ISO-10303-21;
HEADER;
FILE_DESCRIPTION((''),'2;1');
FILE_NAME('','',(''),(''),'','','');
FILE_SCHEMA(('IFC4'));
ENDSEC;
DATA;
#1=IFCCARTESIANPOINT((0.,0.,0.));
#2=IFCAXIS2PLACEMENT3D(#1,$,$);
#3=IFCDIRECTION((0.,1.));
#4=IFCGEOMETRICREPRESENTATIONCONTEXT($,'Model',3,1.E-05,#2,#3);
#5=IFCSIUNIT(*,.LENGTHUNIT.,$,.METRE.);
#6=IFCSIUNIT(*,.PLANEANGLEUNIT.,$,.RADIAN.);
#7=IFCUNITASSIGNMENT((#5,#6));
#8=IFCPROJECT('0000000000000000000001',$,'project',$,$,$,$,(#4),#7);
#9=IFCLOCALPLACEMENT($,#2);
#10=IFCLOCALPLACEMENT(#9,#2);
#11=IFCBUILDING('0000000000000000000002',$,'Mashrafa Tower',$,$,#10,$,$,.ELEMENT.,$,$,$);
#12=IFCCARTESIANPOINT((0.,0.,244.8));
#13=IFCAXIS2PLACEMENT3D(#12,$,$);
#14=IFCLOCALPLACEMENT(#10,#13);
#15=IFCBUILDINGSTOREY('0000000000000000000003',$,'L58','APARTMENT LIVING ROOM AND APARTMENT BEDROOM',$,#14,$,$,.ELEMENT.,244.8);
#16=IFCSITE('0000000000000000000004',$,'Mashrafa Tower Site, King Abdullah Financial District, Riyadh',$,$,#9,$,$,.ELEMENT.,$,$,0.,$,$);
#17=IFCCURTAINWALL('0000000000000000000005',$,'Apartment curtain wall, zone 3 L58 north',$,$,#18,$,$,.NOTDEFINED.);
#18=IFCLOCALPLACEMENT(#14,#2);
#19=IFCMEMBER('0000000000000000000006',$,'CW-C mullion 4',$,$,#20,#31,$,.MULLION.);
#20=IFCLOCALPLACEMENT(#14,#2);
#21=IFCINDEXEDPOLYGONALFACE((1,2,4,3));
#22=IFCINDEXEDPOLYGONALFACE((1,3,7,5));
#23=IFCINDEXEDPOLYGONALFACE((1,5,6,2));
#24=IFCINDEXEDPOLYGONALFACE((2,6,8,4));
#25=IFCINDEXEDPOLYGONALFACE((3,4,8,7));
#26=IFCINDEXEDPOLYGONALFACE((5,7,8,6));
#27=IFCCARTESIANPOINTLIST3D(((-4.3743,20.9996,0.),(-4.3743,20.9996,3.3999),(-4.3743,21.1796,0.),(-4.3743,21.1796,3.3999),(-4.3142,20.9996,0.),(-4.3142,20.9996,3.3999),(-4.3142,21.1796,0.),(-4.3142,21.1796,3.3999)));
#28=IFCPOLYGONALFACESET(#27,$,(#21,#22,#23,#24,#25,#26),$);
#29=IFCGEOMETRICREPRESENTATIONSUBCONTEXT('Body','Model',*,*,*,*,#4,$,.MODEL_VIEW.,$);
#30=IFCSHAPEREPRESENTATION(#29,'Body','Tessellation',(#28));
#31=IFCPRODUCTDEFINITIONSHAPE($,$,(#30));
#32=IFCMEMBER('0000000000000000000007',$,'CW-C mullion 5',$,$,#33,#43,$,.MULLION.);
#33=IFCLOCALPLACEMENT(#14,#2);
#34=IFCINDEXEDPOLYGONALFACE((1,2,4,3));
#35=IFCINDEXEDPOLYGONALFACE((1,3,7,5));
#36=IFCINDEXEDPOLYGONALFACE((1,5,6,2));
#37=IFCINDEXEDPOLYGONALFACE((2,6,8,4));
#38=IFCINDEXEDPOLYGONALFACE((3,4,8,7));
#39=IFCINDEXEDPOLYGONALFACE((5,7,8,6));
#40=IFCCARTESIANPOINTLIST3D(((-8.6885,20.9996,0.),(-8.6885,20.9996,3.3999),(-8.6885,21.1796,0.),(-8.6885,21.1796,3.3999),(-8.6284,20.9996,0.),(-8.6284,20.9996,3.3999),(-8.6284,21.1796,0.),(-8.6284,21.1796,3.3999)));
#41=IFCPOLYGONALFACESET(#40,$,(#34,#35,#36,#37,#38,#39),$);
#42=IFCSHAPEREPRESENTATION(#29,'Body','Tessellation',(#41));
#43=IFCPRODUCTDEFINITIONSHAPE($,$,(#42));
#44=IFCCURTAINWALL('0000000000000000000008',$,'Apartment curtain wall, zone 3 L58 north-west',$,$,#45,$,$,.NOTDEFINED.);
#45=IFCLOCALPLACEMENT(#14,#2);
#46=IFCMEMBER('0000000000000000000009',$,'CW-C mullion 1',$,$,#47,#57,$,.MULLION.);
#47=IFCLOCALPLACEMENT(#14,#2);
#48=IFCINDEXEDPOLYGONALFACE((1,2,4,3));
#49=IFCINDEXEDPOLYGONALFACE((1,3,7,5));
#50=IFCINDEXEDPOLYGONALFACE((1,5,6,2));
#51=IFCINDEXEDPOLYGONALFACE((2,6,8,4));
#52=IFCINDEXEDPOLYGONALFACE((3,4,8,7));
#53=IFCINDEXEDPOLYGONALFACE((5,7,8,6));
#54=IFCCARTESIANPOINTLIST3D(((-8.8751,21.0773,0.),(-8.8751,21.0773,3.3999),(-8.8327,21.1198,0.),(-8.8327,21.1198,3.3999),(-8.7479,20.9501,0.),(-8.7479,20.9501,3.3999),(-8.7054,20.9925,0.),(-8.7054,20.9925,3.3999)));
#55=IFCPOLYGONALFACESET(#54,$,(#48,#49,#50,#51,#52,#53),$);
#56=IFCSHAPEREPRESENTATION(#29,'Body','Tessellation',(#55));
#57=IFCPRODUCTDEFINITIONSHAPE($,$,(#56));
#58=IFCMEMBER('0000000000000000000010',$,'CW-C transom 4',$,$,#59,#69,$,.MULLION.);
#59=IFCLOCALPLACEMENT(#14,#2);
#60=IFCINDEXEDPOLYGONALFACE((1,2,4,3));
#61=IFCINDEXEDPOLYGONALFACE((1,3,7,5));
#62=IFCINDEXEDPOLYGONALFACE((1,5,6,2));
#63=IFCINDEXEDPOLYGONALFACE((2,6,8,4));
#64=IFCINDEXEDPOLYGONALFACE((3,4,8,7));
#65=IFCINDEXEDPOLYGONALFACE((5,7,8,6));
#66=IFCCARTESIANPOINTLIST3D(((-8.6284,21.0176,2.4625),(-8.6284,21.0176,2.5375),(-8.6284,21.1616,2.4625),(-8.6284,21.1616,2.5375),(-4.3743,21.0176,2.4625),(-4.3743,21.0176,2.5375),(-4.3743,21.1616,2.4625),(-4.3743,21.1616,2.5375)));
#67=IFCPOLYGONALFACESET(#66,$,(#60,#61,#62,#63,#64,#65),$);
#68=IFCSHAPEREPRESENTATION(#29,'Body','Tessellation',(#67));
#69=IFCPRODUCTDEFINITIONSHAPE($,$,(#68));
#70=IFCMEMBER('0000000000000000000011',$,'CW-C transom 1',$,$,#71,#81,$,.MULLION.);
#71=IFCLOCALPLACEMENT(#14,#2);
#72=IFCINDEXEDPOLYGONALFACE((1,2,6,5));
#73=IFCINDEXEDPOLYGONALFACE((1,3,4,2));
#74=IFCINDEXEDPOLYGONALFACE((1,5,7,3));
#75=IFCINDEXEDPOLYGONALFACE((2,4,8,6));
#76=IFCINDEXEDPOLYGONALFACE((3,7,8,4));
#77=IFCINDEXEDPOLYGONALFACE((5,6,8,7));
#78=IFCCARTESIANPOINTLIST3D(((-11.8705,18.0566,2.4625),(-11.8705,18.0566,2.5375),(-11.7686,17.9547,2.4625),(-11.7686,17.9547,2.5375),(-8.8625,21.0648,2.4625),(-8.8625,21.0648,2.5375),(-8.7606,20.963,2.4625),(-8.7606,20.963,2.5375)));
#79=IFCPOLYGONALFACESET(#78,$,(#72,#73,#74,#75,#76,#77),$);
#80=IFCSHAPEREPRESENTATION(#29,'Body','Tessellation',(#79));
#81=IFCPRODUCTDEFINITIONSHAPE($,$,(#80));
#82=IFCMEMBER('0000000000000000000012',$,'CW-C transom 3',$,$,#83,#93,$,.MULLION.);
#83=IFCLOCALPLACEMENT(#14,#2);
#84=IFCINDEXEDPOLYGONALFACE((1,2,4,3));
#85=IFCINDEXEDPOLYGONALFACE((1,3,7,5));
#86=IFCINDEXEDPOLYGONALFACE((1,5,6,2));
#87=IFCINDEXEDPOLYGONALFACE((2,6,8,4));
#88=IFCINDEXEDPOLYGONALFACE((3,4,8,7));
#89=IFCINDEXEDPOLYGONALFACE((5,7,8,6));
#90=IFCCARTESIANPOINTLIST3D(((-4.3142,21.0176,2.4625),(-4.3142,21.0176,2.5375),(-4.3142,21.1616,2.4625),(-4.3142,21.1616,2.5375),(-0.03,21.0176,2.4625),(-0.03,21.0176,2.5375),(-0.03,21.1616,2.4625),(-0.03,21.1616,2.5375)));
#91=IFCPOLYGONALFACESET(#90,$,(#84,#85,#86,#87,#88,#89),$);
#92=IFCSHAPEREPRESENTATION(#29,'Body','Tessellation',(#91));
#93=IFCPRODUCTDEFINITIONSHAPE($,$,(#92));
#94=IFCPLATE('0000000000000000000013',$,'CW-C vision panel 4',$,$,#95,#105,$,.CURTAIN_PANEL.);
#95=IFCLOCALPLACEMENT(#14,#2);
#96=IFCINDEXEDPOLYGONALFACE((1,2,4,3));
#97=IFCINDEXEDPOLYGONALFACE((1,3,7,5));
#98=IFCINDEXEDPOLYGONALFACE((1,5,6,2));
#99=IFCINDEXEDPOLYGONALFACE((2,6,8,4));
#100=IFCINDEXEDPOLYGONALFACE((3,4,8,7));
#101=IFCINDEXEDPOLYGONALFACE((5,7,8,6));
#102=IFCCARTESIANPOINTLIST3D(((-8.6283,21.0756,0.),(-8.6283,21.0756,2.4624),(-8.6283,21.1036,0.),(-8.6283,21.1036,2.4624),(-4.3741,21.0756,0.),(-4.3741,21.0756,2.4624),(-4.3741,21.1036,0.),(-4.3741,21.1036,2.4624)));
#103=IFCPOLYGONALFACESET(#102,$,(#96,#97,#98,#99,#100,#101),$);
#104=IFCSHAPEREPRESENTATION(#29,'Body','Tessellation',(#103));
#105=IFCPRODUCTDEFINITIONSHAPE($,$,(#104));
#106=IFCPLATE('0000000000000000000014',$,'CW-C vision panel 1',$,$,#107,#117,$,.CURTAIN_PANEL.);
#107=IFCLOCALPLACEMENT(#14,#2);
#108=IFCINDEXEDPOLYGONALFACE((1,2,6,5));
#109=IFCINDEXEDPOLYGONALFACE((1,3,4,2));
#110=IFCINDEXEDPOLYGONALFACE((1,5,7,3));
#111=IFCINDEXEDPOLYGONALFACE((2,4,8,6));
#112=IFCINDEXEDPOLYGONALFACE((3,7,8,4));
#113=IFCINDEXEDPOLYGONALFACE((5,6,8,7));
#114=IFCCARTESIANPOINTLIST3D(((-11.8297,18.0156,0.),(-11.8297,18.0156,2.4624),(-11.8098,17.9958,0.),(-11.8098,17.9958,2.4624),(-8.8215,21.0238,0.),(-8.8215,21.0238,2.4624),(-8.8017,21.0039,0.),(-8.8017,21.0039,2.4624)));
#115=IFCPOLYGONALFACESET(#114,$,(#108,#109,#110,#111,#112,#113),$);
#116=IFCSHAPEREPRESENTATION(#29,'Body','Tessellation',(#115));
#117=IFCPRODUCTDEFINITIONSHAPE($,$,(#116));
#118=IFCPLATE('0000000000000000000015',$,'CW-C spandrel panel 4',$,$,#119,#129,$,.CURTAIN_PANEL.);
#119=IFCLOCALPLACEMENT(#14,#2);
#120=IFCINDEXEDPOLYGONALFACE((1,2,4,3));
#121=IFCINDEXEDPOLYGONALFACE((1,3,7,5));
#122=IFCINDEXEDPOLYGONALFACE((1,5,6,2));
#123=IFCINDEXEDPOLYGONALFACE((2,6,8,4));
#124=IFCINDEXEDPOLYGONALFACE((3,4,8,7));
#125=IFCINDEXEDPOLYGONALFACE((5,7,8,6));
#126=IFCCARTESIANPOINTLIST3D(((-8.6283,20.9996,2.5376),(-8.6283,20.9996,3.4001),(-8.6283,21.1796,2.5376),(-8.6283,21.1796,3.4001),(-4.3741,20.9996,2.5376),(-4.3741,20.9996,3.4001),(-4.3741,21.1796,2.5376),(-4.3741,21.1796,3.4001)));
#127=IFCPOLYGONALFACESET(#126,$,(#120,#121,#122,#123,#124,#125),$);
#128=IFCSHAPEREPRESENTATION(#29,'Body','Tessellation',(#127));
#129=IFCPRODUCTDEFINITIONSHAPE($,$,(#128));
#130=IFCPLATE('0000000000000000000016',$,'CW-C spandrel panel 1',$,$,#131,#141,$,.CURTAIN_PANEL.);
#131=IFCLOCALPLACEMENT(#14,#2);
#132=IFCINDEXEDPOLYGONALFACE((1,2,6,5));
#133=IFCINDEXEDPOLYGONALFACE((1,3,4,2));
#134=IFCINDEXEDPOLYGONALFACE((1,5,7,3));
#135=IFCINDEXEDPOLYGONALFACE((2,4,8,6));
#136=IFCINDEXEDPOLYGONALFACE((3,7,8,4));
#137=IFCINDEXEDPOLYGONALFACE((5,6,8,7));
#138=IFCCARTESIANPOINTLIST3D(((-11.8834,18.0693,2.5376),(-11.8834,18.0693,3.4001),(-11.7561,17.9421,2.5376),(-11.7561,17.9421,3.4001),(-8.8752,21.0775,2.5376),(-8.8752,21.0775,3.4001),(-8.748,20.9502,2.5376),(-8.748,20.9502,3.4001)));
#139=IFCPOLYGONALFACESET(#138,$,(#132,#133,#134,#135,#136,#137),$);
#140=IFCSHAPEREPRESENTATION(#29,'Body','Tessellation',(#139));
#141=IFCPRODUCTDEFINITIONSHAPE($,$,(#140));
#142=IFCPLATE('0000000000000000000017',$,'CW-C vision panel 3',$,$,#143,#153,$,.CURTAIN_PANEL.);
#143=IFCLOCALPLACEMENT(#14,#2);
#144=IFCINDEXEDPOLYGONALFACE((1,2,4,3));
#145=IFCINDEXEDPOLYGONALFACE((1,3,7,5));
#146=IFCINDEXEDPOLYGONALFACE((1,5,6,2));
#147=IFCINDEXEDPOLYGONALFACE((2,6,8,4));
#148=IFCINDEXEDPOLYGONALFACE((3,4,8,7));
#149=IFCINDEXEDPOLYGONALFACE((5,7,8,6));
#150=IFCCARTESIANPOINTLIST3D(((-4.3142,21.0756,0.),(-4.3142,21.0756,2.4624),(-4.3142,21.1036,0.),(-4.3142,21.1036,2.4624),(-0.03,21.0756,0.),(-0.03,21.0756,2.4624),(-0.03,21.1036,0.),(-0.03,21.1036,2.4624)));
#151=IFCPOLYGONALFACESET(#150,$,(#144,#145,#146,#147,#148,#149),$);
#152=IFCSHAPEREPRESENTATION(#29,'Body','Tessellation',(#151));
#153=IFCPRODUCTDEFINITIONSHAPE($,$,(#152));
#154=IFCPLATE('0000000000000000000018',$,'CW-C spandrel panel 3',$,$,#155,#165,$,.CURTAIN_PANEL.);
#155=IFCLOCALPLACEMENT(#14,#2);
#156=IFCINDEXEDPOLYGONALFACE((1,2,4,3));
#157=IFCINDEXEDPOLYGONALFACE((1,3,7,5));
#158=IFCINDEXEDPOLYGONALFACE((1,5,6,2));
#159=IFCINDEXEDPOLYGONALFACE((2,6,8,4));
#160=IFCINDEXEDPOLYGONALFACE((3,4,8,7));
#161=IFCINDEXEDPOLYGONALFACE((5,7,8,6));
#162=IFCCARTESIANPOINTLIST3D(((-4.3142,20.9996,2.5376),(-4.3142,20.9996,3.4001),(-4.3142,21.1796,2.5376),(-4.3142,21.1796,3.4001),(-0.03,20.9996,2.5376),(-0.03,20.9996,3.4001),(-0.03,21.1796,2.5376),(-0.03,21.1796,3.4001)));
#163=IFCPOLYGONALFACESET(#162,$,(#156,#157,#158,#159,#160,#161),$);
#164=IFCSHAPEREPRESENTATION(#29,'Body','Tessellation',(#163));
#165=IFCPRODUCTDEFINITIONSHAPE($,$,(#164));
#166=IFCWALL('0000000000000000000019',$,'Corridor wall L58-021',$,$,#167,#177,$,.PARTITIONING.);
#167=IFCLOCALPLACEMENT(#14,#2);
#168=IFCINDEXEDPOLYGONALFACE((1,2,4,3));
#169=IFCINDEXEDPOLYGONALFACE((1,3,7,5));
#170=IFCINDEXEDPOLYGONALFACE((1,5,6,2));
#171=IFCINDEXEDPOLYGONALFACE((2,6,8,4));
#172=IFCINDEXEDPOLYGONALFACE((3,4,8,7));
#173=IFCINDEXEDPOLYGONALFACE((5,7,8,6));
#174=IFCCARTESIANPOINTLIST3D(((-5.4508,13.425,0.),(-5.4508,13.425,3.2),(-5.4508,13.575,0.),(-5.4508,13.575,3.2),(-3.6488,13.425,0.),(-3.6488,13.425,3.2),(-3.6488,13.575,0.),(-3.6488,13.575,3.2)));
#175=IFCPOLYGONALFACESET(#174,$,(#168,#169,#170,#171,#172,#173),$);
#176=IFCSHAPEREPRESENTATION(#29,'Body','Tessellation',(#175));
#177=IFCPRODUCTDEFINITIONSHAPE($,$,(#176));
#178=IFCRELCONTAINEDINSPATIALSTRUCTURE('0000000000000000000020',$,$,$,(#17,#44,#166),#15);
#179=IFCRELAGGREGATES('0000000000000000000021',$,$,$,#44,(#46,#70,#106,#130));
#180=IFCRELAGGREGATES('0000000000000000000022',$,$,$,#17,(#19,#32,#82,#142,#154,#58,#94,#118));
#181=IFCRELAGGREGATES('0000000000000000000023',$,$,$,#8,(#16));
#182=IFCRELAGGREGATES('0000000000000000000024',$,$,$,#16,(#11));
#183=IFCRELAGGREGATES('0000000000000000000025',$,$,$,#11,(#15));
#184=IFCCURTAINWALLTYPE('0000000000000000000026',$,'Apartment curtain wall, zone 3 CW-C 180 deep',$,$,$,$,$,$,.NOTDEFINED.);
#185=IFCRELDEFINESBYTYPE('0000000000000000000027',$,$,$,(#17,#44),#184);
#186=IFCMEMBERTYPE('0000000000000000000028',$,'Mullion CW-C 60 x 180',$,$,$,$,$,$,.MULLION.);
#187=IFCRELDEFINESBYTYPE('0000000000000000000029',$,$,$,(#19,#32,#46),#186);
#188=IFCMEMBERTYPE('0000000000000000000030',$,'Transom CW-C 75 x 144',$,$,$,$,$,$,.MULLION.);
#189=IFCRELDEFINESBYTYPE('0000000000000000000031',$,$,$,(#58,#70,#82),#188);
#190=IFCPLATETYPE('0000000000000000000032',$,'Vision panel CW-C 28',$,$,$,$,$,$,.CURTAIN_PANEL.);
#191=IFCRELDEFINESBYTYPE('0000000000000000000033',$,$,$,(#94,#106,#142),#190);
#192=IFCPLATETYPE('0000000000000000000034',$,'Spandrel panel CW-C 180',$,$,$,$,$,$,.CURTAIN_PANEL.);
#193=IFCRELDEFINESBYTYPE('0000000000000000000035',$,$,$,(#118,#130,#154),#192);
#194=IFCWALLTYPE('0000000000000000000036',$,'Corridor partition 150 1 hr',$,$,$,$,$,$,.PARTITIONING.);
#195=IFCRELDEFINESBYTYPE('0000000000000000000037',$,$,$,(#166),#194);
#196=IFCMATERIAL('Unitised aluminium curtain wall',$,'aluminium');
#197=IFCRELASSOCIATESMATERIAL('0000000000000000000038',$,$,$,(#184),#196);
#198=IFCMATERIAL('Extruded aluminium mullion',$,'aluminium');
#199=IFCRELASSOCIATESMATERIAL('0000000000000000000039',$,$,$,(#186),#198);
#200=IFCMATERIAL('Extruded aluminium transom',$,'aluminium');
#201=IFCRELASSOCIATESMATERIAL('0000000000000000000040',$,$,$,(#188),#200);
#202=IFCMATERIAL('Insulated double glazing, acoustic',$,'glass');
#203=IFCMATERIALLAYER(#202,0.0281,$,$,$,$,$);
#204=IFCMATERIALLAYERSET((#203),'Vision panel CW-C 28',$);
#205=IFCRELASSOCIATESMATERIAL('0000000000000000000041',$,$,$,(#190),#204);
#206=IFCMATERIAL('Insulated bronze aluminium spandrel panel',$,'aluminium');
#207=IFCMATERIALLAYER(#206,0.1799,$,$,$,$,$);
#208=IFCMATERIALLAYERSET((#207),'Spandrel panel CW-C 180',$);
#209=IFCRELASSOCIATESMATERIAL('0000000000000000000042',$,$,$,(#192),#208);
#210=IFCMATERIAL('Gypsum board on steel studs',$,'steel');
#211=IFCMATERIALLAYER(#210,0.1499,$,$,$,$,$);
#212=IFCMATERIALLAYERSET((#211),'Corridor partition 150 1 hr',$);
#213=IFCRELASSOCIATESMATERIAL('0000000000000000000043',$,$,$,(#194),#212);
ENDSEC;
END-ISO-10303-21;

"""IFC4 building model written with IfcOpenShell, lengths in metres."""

from ifc_helpers import new_model, si_unit, direction, frame, frame_2d, origin, origin_2d, place, context, subcontext, project, spatial, rectangle, extrude, source, transform, mapped, material, layer, layer_set, material_profile, profile_set, type_object, type_shapes, element, aggregate, save


model = new_model("IFC4")

# Units and contexts
model_context = context("Model", 3, precision=1e-05, world=origin(), true_north=direction((0.0, 1.0)))
body_context = subcontext(model_context, "Body", "Model", "MODEL_VIEW")
ifc_project = project(units=[si_unit("LENGTHUNIT", "METRE"), si_unit("PLANEANGLEUNIT", "RADIAN")], contexts=[model_context])

# Site, building, storey
site_placement = place(None, origin())
site = spatial("IfcSite", under=ifc_project, at=site_placement, Name="Mashrafa Tower Site, King Abdullah Financial District, Riyadh", CompositionType="ELEMENT", RefElevation=0.0)
building_placement = place(site_placement, origin())
building = spatial("IfcBuilding", under=site, at=building_placement, Name="Mashrafa Tower", CompositionType="ELEMENT")
storey_placement = place(building_placement, frame((0.0, 0.0, 244.8)))
storey = spatial("IfcBuildingStorey", under=building, at=storey_placement, Name="L58", Description="APARTMENT LIVING ROOM AND APARTMENT BEDROOM", CompositionType="ELEMENT", Elevation=244.8)

# Curtain wall, members
ifc_material_1 = material(Name="Unitised aluminium curtain wall", Category="aluminium")
curtain_wall_type = type_object("IfcCurtainWallType", Name="Apartment curtain wall, zone 3 CW-C 180 deep", PredefinedType="NOTDEFINED", material=ifc_material_1)
curtain_wall_1_placement = place(storey_placement, origin())
curtain_wall_1 = element("IfcCurtainWall", 1, at=curtain_wall_1_placement, inside=storey, type_object=curtain_wall_type, Name="Apartment curtain wall, zone 3 L58 north", PredefinedType="NOTDEFINED")
ifc_material_2 = material(Name="Extruded aluminium mullion", Category="aluminium")
ifc_material_profile_1 = material_profile(ifc_material_2, rectangle(XDim=0.1799, YDim=0.0601, at=origin_2d()), Name="Mullion 60x180")
ifc_profile_set_1 = profile_set([ifc_material_profile_1], Name="Extruded aluminium mullion")
member_type_1 = type_object("IfcMemberType", Name="Mullion CW-C 60 x 180", PredefinedType="MULLION", material=ifc_profile_set_1)
shared_shape_1 = source(origin(), body_context, "Body", "SweptSolid", [
    extrude(rectangle(XDim=0.1799, YDim=0.0601, at=origin_2d()), origin(), (0.0, 0.0, 1.0), 3.3999),
])
type_shapes(member_type_1, [shared_shape_1])
member_1_placement = place(storey_placement, frame((-4.3442, 21.0896, 0.0), z_axis=(0.0, 0.0, 1.0), x_axis=(0.0, -1.0, 0.0)))
member_1 = element("IfcMember", 2, at=member_1_placement, type_object=member_type_1, Name="CW-C mullion 4", PredefinedType="MULLION", context=body_context, shape_type="MappedRepresentation", body=[
    mapped(shared_shape_1, transform((0.0, 0.0, 0.0))),
])
member_2_placement = place(storey_placement, frame((-8.6584, 21.0896, 0.0), z_axis=(0.0, 0.0, 1.0), x_axis=(0.0, -1.0, 0.0)))
member_2 = element("IfcMember", 3, at=member_2_placement, type_object=member_type_1, Name="CW-C mullion 5", PredefinedType="MULLION", context=body_context, shape_type="MappedRepresentation", body=[
    mapped(shared_shape_1, transform((0.0, 0.0, 0.0))),
])

# Curtain wall, member
curtain_wall_2_placement = place(storey_placement, origin())
curtain_wall_2 = element("IfcCurtainWall", 4, at=curtain_wall_2_placement, inside=storey, type_object=curtain_wall_type, Name="Apartment curtain wall, zone 3 L58 north-west", PredefinedType="NOTDEFINED")
member_3_placement = place(storey_placement, frame((-8.7903, 21.0349, 0.0), z_axis=(0.0, 0.0, 1.0), x_axis=(0.707107, -0.707107, 0.0)))
member_3 = element("IfcMember", 5, at=member_3_placement, type_object=member_type_1, Name="CW-C mullion 1", PredefinedType="MULLION", context=body_context, shape_type="MappedRepresentation", body=[
    mapped(shared_shape_1, transform((0.0, 0.0, 0.0))),
])

# Members
ifc_material_3 = material(Name="Extruded aluminium transom", Category="aluminium")
ifc_material_profile_2 = material_profile(ifc_material_3, rectangle(XDim=0.144, YDim=0.075, at=origin_2d()), Name="Transom 75x144")
ifc_profile_set_2 = profile_set([ifc_material_profile_2], Name="Extruded aluminium transom")
member_type_2 = type_object("IfcMemberType", Name="Transom CW-C 75 x 144", PredefinedType="MULLION", material=ifc_profile_set_2)
shared_shape_2 = source(origin(), body_context, "Body", "SweptSolid", [
    extrude(rectangle(XDim=0.144, YDim=0.075, at=origin_2d()), origin(), (0.0, 0.0, 1.0), 4.2542),
])
member_4_placement = place(storey_placement, frame((-4.3743, 21.0896, 2.5), z_axis=(-1.0, 0.0, 0.0), x_axis=(0.0, -1.0, 0.0)))
member_4 = element("IfcMember", 6, at=member_4_placement, type_object=member_type_2, Name="CW-C transom 4", PredefinedType="MULLION", context=body_context, shape_type="MappedRepresentation", body=[
    mapped(shared_shape_2, transform((0.0, 0.0, 0.0))),
])
member_5_placement = place(storey_placement, frame((-8.8115, 21.0139, 2.5), z_axis=(-0.707078, -0.707135, 0.0), x_axis=(0.707135, -0.707078, 0.0)))
member_5 = element("IfcMember", 7, at=member_5_placement, type_object=member_type_2, Name="CW-C transom 1", PredefinedType="MULLION", context=body_context, shape_type="MappedRepresentation", body=[
    mapped(shared_shape_2, transform((0.0, 0.0, 0.0))),
])
shared_shape_3 = source(origin(), body_context, "Body", "SweptSolid", [
    extrude(rectangle(XDim=0.144, YDim=0.075, at=origin_2d()), origin(), (0.0, 0.0, 1.0), 4.2842),
])
type_shapes(member_type_2, [shared_shape_2, shared_shape_3])
member_6_placement = place(storey_placement, frame((-0.03, 21.0896, 2.5), z_axis=(-1.0, 0.0, 0.0), x_axis=(0.0, -1.0, 0.0)))
member_6 = element("IfcMember", 8, at=member_6_placement, type_object=member_type_2, Name="CW-C transom 3", PredefinedType="MULLION", context=body_context, shape_type="MappedRepresentation", body=[
    mapped(shared_shape_3, transform((0.0, 0.0, 0.0))),
])

# Plates
ifc_material_4 = material(Name="Insulated double glazing, acoustic", Category="glass")
ifc_layer_1 = layer(ifc_material_4, 0.0281)
ifc_layer_set_1 = layer_set([ifc_layer_1], Name="Vision panel CW-C 28")
plate_type_1 = type_object("IfcPlateType", Name="Vision panel CW-C 28", PredefinedType="CURTAIN_PANEL", material=ifc_layer_set_1)
shared_shape_4 = source(origin(), body_context, "Body", "SweptSolid", [
    extrude(rectangle(XDim=4.2542, YDim=0.0281, at=origin_2d()), origin(), (0.0, 0.0, 1.0), 2.4624),
])
plate_1_placement = place(storey_placement, frame((-6.5012, 21.0896, 0.0), z_axis=(0.0, 0.0, 1.0), x_axis=(-1.0, 0.0, 0.0)))
plate_1 = element("IfcPlate", 9, at=plate_1_placement, type_object=plate_type_1, Name="CW-C vision panel 4", PredefinedType="CURTAIN_PANEL", context=body_context, shape_type="MappedRepresentation", body=[
    mapped(shared_shape_4, transform((0.0, 0.0, 0.0))),
])
plate_2_placement = place(storey_placement, frame((-10.3157, 19.5098, 0.0), z_axis=(0.0, 0.0, 1.0), x_axis=(-0.707107, -0.707107, 0.0)))
plate_2 = element("IfcPlate", 10, at=plate_2_placement, type_object=plate_type_1, Name="CW-C vision panel 1", PredefinedType="CURTAIN_PANEL", context=body_context, shape_type="MappedRepresentation", body=[
    mapped(shared_shape_4, transform((0.0, 0.0, 0.0))),
])
ifc_material_5 = material(Name="Insulated bronze aluminium spandrel panel", Category="aluminium")
ifc_layer_2 = layer(ifc_material_5, 0.1799)
ifc_layer_set_2 = layer_set([ifc_layer_2], Name="Spandrel panel CW-C 180")
plate_type_2 = type_object("IfcPlateType", Name="Spandrel panel CW-C 180", PredefinedType="CURTAIN_PANEL", material=ifc_layer_set_2)
shared_shape_5 = source(origin(), body_context, "Body", "SweptSolid", [
    extrude(rectangle(XDim=4.2542, YDim=0.1799, at=origin_2d()), origin(), (0.0, 0.0, 1.0), 0.8625),
])
plate_3_placement = place(storey_placement, frame((-6.5012, 21.0896, 2.5376), z_axis=(0.0, 0.0, 1.0), x_axis=(-1.0, 0.0, 0.0)))
plate_3 = element("IfcPlate", 11, at=plate_3_placement, type_object=plate_type_2, Name="CW-C spandrel panel 4", PredefinedType="CURTAIN_PANEL", context=body_context, shape_type="MappedRepresentation", body=[
    mapped(shared_shape_5, transform((0.0, 0.0, 0.0))),
])
plate_4_placement = place(storey_placement, frame((-10.3157, 19.5098, 2.5376), z_axis=(0.0, 0.0, 1.0), x_axis=(-0.707107, -0.707107, 0.0)))
plate_4 = element("IfcPlate", 12, at=plate_4_placement, type_object=plate_type_2, Name="CW-C spandrel panel 1", PredefinedType="CURTAIN_PANEL", context=body_context, shape_type="MappedRepresentation", body=[
    mapped(shared_shape_5, transform((0.0, 0.0, 0.0))),
])
aggregate(curtain_wall_2, [member_3, member_5, plate_2, plate_4])
shared_shape_6 = source(origin(), body_context, "Body", "SweptSolid", [
    extrude(rectangle(XDim=4.2842, YDim=0.0281, at=origin_2d()), origin(), (0.0, 0.0, 1.0), 2.4624),
])
type_shapes(plate_type_1, [shared_shape_4, shared_shape_6])
plate_5_placement = place(storey_placement, frame((-2.1721, 21.0896, 0.0), z_axis=(0.0, 0.0, 1.0), x_axis=(-1.0, 0.0, 0.0)))
plate_5 = element("IfcPlate", 13, at=plate_5_placement, type_object=plate_type_1, Name="CW-C vision panel 3", PredefinedType="CURTAIN_PANEL", context=body_context, shape_type="MappedRepresentation", body=[
    mapped(shared_shape_6, transform((0.0, 0.0, 0.0))),
])
shared_shape_7 = source(origin(), body_context, "Body", "SweptSolid", [
    extrude(rectangle(XDim=4.2842, YDim=0.1799, at=origin_2d()), origin(), (0.0, 0.0, 1.0), 0.8625),
])
type_shapes(plate_type_2, [shared_shape_5, shared_shape_7])
plate_6_placement = place(storey_placement, frame((-2.1721, 21.0896, 2.5376), z_axis=(0.0, 0.0, 1.0), x_axis=(-1.0, 0.0, 0.0)))
plate_6 = element("IfcPlate", 14, at=plate_6_placement, type_object=plate_type_2, Name="CW-C spandrel panel 3", PredefinedType="CURTAIN_PANEL", context=body_context, shape_type="MappedRepresentation", body=[
    mapped(shared_shape_7, transform((0.0, 0.0, 0.0))),
])
aggregate(curtain_wall_1, [member_1, member_2, member_6, plate_5, plate_6, member_4, plate_1, plate_3])

# Wall
ifc_material_6 = material(Name="Gypsum board on steel studs", Category="steel")
ifc_layer_3 = layer(ifc_material_6, 0.1499)
ifc_layer_set_3 = layer_set([ifc_layer_3], Name="Corridor partition 150 1 hr")
wall_type_1 = type_object("IfcWallType", Name="Corridor partition 150 1 hr", PredefinedType="PARTITIONING", material=ifc_layer_set_3)
wall_1_placement = place(storey_placement, frame((-3.6489, 13.5, 0.0), z_axis=(0.0, 0.0, 1.0), x_axis=(-1.0, 0.0, 0.0)))
element("IfcWall", 15, at=wall_1_placement, inside=storey, type_object=wall_type_1, Name="Corridor wall L58-021", PredefinedType="PARTITIONING", context=body_context, shape_type="SweptSolid", body=[
    extrude(rectangle(XDim=1.802, YDim=0.1499, at=frame_2d((0.9009, 0.0))), origin(), (0.0, 0.0, 1.0), 3.2),
])

save(model, "model.ifc")
